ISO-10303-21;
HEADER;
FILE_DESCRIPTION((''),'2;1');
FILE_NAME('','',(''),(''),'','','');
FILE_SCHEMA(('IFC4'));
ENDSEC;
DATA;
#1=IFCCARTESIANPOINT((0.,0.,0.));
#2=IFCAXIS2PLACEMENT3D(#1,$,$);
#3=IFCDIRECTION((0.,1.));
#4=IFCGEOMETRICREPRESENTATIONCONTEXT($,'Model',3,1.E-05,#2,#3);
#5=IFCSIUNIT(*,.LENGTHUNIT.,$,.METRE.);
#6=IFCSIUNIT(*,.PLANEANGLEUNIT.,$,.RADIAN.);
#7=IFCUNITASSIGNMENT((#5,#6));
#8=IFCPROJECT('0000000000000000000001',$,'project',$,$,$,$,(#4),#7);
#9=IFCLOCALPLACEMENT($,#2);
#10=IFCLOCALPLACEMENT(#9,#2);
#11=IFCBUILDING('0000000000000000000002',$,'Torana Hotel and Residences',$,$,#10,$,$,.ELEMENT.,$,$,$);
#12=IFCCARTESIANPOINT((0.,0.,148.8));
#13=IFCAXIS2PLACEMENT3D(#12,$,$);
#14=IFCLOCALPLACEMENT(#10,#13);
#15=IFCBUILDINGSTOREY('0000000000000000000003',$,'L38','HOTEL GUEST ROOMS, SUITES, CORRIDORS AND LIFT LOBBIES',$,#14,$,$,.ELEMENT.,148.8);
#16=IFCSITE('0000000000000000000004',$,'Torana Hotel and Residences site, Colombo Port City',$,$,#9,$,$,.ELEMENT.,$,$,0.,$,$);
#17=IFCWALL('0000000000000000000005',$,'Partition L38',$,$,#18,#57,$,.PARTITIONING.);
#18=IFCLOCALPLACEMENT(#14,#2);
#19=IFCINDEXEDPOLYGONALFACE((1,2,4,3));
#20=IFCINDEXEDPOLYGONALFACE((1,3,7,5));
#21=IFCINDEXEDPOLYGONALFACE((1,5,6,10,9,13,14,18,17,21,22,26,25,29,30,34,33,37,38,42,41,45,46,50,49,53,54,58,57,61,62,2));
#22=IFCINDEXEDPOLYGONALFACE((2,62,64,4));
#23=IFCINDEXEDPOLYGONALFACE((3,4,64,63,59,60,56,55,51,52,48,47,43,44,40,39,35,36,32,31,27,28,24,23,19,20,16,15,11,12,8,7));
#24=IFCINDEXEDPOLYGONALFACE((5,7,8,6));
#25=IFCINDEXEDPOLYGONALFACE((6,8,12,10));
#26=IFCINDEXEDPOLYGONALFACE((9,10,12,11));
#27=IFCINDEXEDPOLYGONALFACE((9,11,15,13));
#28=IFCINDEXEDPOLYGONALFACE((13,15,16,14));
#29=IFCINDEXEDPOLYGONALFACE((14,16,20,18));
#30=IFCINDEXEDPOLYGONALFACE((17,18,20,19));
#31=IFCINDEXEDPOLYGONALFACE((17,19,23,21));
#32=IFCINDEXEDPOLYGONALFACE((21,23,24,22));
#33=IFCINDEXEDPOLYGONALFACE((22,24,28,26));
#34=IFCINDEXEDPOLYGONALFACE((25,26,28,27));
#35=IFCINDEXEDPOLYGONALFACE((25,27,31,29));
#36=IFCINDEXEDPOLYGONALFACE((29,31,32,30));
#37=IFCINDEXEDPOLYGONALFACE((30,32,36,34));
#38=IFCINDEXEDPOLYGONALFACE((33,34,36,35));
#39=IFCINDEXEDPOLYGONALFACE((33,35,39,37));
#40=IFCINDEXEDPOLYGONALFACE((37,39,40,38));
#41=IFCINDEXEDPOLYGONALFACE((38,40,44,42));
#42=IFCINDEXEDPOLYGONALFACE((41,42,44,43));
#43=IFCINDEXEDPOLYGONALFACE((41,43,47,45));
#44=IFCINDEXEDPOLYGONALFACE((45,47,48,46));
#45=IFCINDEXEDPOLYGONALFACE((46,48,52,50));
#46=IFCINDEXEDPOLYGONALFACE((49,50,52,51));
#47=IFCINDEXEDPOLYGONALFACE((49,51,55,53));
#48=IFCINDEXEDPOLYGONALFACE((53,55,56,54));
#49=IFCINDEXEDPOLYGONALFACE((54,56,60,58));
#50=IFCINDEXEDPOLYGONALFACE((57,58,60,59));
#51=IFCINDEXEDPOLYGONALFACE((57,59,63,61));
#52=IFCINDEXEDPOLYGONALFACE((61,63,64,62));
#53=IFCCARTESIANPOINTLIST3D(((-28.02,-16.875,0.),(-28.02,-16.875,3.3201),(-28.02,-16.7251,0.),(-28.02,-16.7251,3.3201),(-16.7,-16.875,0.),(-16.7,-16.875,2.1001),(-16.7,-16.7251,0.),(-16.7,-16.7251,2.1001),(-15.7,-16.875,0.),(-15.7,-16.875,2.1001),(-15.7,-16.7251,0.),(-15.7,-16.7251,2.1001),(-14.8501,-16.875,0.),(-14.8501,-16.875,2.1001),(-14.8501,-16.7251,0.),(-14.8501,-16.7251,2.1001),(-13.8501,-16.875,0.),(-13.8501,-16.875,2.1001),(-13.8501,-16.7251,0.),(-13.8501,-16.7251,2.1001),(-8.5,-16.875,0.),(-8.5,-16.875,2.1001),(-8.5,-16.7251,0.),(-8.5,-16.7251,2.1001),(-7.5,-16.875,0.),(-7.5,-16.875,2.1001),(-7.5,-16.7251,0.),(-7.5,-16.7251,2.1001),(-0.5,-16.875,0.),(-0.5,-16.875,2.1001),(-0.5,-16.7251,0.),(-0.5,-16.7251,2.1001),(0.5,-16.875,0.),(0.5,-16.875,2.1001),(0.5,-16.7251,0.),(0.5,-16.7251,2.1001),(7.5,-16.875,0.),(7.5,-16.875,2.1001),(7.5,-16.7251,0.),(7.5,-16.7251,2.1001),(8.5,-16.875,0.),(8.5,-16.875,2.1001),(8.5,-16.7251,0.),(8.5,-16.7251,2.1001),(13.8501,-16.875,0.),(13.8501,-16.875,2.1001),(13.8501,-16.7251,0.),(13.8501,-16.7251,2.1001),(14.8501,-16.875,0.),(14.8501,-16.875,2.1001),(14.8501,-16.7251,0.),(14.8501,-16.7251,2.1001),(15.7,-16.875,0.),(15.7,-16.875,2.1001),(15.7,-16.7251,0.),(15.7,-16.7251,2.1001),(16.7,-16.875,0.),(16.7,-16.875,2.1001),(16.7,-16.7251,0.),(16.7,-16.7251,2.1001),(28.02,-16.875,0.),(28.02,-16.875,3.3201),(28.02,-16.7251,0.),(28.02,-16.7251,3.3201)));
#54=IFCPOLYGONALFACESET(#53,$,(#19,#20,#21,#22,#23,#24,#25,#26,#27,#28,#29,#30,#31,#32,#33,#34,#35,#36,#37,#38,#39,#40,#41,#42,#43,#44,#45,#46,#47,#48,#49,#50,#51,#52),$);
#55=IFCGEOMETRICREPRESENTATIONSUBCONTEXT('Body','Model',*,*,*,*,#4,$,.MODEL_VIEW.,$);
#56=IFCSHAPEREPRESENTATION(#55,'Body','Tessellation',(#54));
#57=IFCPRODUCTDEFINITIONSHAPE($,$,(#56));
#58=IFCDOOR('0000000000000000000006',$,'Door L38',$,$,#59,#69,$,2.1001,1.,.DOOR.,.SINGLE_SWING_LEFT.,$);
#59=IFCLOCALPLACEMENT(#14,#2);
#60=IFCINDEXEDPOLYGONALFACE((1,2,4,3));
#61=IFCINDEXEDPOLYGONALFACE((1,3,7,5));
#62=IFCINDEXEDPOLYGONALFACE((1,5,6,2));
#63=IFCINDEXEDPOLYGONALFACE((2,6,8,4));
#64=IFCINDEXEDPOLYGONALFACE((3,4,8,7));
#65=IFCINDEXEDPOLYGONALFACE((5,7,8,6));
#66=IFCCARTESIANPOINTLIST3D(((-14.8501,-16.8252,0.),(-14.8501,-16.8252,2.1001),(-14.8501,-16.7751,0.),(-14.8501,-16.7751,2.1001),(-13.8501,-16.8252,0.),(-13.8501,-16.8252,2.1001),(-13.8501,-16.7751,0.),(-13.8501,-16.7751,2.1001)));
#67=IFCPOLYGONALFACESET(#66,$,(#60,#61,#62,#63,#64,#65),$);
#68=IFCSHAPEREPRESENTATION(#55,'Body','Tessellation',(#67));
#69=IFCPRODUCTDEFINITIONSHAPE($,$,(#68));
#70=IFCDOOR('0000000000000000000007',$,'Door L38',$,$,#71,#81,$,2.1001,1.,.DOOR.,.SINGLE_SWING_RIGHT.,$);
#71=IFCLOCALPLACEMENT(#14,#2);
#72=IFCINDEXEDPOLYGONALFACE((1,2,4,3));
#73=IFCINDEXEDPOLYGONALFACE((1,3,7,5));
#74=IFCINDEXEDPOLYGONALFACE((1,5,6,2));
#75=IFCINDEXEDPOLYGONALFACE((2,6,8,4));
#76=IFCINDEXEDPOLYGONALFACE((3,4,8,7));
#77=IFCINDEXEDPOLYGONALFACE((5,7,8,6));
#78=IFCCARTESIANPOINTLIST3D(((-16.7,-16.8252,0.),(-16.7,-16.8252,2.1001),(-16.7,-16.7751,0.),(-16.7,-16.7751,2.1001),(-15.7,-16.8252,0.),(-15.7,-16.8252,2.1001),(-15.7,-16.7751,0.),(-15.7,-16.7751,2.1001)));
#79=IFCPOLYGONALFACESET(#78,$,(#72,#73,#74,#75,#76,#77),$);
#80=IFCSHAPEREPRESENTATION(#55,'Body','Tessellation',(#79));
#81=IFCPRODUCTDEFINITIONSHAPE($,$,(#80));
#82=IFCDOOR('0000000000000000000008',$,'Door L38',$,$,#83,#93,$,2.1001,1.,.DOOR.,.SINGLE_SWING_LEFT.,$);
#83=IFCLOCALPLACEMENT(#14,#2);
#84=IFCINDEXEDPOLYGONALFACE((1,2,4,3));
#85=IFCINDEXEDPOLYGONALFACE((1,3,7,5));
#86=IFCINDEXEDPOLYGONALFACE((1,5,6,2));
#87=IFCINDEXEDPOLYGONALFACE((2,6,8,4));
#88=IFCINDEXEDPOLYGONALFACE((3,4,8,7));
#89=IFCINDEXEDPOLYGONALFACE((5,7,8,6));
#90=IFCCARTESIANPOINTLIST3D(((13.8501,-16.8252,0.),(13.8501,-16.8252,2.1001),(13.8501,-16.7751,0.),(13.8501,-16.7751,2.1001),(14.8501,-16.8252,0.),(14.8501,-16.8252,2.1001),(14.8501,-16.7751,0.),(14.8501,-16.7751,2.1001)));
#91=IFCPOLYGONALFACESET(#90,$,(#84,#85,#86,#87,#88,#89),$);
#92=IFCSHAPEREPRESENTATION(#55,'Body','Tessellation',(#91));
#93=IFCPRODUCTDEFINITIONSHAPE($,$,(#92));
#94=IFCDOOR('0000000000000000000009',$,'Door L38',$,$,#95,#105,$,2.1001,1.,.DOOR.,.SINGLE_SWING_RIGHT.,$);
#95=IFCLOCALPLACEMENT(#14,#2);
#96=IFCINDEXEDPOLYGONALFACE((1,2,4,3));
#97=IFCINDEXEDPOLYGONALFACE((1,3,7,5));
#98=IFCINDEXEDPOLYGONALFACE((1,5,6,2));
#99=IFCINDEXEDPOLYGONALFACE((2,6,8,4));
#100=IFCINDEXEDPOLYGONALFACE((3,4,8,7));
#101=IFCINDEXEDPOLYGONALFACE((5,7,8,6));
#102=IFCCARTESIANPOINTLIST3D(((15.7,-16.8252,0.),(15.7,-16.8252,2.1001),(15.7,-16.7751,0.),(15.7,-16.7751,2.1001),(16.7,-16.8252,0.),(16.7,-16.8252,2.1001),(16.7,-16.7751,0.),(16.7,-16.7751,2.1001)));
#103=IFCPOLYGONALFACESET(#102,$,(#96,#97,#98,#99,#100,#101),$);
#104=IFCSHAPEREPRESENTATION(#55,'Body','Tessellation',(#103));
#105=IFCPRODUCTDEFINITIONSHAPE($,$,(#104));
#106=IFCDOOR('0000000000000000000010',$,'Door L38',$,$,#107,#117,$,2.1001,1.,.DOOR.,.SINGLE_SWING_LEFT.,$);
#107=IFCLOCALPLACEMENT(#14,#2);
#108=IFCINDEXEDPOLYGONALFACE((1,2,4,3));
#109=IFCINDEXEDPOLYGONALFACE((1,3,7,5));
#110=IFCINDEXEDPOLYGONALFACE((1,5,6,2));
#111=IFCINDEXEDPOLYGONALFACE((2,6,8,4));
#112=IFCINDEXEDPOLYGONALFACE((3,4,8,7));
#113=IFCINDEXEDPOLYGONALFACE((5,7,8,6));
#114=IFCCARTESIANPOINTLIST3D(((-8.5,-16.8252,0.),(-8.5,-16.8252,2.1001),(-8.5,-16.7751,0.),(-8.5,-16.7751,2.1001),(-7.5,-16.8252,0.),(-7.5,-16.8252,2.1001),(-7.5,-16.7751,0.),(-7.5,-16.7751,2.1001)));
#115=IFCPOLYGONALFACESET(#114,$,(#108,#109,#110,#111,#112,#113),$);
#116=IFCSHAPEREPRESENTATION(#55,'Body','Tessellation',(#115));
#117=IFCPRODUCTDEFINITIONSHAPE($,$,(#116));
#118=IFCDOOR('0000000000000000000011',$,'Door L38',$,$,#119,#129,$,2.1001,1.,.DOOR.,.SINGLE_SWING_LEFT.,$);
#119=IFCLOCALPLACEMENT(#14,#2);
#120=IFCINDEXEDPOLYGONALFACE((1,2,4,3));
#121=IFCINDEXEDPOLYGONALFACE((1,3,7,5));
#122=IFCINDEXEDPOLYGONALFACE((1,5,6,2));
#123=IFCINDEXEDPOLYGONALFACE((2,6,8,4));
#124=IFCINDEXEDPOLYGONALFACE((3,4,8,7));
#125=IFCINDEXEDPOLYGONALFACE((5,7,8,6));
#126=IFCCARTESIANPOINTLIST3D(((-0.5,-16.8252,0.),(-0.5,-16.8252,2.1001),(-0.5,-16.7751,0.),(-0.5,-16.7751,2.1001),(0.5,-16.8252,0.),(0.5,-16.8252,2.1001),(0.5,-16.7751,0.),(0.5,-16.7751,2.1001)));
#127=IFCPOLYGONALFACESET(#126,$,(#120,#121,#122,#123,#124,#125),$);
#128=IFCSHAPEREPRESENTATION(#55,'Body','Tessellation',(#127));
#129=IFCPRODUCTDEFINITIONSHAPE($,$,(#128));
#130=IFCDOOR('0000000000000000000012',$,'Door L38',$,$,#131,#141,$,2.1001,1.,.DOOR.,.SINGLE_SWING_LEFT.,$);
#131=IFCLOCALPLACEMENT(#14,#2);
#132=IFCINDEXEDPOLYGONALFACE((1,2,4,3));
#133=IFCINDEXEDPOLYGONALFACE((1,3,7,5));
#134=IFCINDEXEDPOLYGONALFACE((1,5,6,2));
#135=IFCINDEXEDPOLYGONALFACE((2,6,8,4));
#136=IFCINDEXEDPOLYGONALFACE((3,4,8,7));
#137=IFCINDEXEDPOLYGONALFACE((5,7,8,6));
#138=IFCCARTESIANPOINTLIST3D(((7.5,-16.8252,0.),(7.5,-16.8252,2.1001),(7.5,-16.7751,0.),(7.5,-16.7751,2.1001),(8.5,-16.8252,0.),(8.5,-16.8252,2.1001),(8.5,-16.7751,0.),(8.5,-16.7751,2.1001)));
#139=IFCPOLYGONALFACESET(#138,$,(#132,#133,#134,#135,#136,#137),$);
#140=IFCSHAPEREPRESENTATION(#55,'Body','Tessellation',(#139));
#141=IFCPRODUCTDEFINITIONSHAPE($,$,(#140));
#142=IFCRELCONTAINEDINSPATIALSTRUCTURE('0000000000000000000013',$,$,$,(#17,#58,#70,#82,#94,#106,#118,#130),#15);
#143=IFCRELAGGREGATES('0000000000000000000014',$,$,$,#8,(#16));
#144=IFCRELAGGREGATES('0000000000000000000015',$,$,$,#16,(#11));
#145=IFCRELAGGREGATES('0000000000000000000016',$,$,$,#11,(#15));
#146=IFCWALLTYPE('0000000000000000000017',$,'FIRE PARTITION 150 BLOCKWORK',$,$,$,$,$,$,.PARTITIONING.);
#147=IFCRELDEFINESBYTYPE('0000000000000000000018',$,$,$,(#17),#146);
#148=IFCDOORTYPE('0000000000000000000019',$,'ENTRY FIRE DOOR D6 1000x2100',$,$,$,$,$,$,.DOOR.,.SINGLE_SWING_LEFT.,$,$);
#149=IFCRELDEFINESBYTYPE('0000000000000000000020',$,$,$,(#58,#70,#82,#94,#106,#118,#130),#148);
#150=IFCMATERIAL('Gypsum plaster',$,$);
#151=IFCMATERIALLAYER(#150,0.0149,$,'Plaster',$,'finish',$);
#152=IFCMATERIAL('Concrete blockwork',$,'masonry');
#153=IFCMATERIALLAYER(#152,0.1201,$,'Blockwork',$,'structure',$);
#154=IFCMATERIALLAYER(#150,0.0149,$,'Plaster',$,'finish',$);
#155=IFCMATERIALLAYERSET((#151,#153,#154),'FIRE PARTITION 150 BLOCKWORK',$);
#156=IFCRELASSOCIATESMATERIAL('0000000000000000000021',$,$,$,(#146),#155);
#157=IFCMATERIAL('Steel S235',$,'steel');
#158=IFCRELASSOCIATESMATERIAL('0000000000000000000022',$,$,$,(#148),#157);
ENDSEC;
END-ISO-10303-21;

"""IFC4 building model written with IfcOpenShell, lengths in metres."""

from ifc_helpers import new_model, si_unit, direction, frame, frame_2d, origin, place, context, subcontext, project, spatial, rectangle, extrude, material, layer, layer_set, type_object, element, fill, save


model = new_model("IFC4")

# Units and contexts
model_context = context("Model", 3, precision=1e-05, world=origin(), true_north=direction((0.0, 1.0)))
body_context = subcontext(model_context, "Body", "Model", "MODEL_VIEW")
ifc_project = project(units=[si_unit("LENGTHUNIT", "METRE"), si_unit("PLANEANGLEUNIT", "RADIAN")], contexts=[model_context])

# Site, building, storey
site_placement = place(None, origin())
site = spatial("IfcSite", under=ifc_project, at=site_placement, Name="Torana Hotel and Residences site, Colombo Port City", CompositionType="ELEMENT", RefElevation=0.0)
building_placement = place(site_placement, origin())
building = spatial("IfcBuilding", under=site, at=building_placement, Name="Torana Hotel and Residences", CompositionType="ELEMENT")
storey_placement = place(building_placement, frame((0.0, 0.0, 148.8)))
storey = spatial("IfcBuildingStorey", under=building, at=storey_placement, Name="L38", Description="HOTEL GUEST ROOMS, SUITES, CORRIDORS AND LIFT LOBBIES", CompositionType="ELEMENT", Elevation=148.8)

# Wall, openings, doors
ifc_material_1 = material(Name="Gypsum plaster")
ifc_layer_1 = layer(ifc_material_1, 0.0149, Name="Plaster", Category="finish")
ifc_material_2 = material(Name="Concrete blockwork", Category="masonry")
ifc_layer_2 = layer(ifc_material_2, 0.1201, Name="Blockwork", Category="structure")
ifc_layer_3 = layer(ifc_material_1, 0.0149, Name="Plaster", Category="finish")
ifc_layer_set_1 = layer_set([ifc_layer_1, ifc_layer_2, ifc_layer_3], Name="FIRE PARTITION 150 BLOCKWORK")
wall_type_1 = type_object("IfcWallType", Name="FIRE PARTITION 150 BLOCKWORK", PredefinedType="PARTITIONING", material=ifc_layer_set_1)
wall_1_placement = place(storey_placement, frame((-28.02, -16.8, 0.0), z_axis=(0.0, 0.0, 1.0), x_axis=(1.0, 0.0, 0.0)))
wall_1 = element("IfcWall", 1, at=wall_1_placement, inside=storey, type_object=wall_type_1, Name="Partition L38", PredefinedType="PARTITIONING", context=body_context, shape_type="SweptSolid", body=[
    extrude(rectangle(XDim=56.04, YDim=0.1499, at=frame_2d((28.02, 0.0))), origin(), (0.0, 0.0, 1.0), 3.3201),
])
opening_1_placement = place(wall_1_placement, frame((13.1699, 0.0, 0.0)))
opening_1 = element("IfcOpeningElement", 2, at=opening_1_placement, cuts=wall_1, PredefinedType="OPENING", context=body_context, shape_type="SweptSolid", body=[
    extrude(rectangle(XDim=1.0, YDim=2.1001, at=frame_2d((0.5, 1.05))), frame((0.0, 0.085, 0.0), z_axis=(0.0, -1.0, 0.0), x_axis=(1.0, 0.0, 0.0)), (0.0, 0.0, 1.0), 0.1699),
])
opening_2_placement = place(wall_1_placement, frame((11.3201, 0.0, 0.0)))
opening_2 = element("IfcOpeningElement", 3, at=opening_2_placement, cuts=wall_1, PredefinedType="OPENING", context=body_context, shape_type="SweptSolid", body=[
    extrude(rectangle(XDim=1.0, YDim=2.1001, at=frame_2d((0.5, 1.05))), frame((0.0, 0.085, 0.0), z_axis=(0.0, -1.0, 0.0), x_axis=(1.0, 0.0, 0.0)), (0.0, 0.0, 1.0), 0.1699),
])
opening_3_placement = place(wall_1_placement, frame((41.8701, 0.0, 0.0)))
opening_3 = element("IfcOpeningElement", 4, at=opening_3_placement, cuts=wall_1, PredefinedType="OPENING", context=body_context, shape_type="SweptSolid", body=[
    extrude(rectangle(XDim=1.0, YDim=2.1001, at=frame_2d((0.5, 1.05))), frame((0.0, 0.085, 0.0), z_axis=(0.0, -1.0, 0.0), x_axis=(1.0, 0.0, 0.0)), (0.0, 0.0, 1.0), 0.1699),
])
opening_4_placement = place(wall_1_placement, frame((43.72, 0.0, 0.0)))
opening_4 = element("IfcOpeningElement", 5, at=opening_4_placement, cuts=wall_1, PredefinedType="OPENING", context=body_context, shape_type="SweptSolid", body=[
    extrude(rectangle(XDim=1.0, YDim=2.1001, at=frame_2d((0.5, 1.05))), frame((0.0, 0.085, 0.0), z_axis=(0.0, -1.0, 0.0), x_axis=(1.0, 0.0, 0.0)), (0.0, 0.0, 1.0), 0.1699),
])
opening_5_placement = place(wall_1_placement, frame((19.52, 0.0, 0.0)))
opening_5 = element("IfcOpeningElement", 6, at=opening_5_placement, cuts=wall_1, PredefinedType="OPENING", context=body_context, shape_type="SweptSolid", body=[
    extrude(rectangle(XDim=1.0, YDim=2.1001, at=frame_2d((0.5, 1.05))), frame((0.0, 0.085, 0.0), z_axis=(0.0, -1.0, 0.0), x_axis=(1.0, 0.0, 0.0)), (0.0, 0.0, 1.0), 0.1699),
])
opening_6_placement = place(wall_1_placement, frame((27.52, 0.0, 0.0)))
opening_6 = element("IfcOpeningElement", 7, at=opening_6_placement, cuts=wall_1, PredefinedType="OPENING", context=body_context, shape_type="SweptSolid", body=[
    extrude(rectangle(XDim=1.0, YDim=2.1001, at=frame_2d((0.5, 1.05))), frame((0.0, 0.085, 0.0), z_axis=(0.0, -1.0, 0.0), x_axis=(1.0, 0.0, 0.0)), (0.0, 0.0, 1.0), 0.1699),
])
opening_7_placement = place(wall_1_placement, frame((35.52, 0.0, 0.0)))
opening_7 = element("IfcOpeningElement", 8, at=opening_7_placement, cuts=wall_1, PredefinedType="OPENING", context=body_context, shape_type="SweptSolid", body=[
    extrude(rectangle(XDim=1.0, YDim=2.1001, at=frame_2d((0.5, 1.05))), frame((0.0, 0.085, 0.0), z_axis=(0.0, -1.0, 0.0), x_axis=(1.0, 0.0, 0.0)), (0.0, 0.0, 1.0), 0.1699),
])
ifc_material_3 = material(Name="Steel S235", Category="steel")
door_type_1 = type_object("IfcDoorType", Name="ENTRY FIRE DOOR D6 1000x2100", OperationType="SINGLE_SWING_LEFT", PredefinedType="DOOR", material=ifc_material_3)
door_1_placement = place(opening_1_placement, frame((0.5, 0.0, 0.0), z_axis=(0.0, 0.0, 1.0), x_axis=(-1.0, 0.0, 0.0)))
door_1 = element("IfcDoor", 9, at=door_1_placement, inside=storey, type_object=door_type_1, Name="Door L38", OperationType="SINGLE_SWING_LEFT", OverallHeight=2.1001, OverallWidth=1.0, PredefinedType="DOOR", context=body_context, shape_type="SweptSolid", body=[
    extrude(rectangle(XDim=1.0, YDim=2.1001, at=frame_2d((0.0, 1.05))), frame((0.0, -0.0249, 0.0), z_axis=(0.0, 1.0, 0.0), x_axis=(-1.0, 0.0, 0.0)), (0.0, 0.0, 1.0), 0.05),
])
fill(opening_1, door_1)
door_2_placement = place(opening_2_placement, origin())
door_2 = element("IfcDoor", 10, at=door_2_placement, inside=storey, type_object=door_type_1, Name="Door L38", OperationType="SINGLE_SWING_RIGHT", OverallHeight=2.1001, OverallWidth=1.0, PredefinedType="DOOR", context=body_context, shape_type="SweptSolid", body=[
    extrude(rectangle(XDim=1.0, YDim=2.1001, at=frame_2d((0.5, 1.05))), frame((0.0, 0.0249, 0.0), z_axis=(0.0, -1.0, 0.0), x_axis=(1.0, 0.0, 0.0)), (0.0, 0.0, 1.0), 0.05),
])
fill(opening_2, door_2)
door_3_placement = place(opening_3_placement, frame((0.5, 0.0, 0.0), z_axis=(0.0, 0.0, 1.0), x_axis=(-1.0, 0.0, 0.0)))
door_3 = element("IfcDoor", 11, at=door_3_placement, inside=storey, type_object=door_type_1, Name="Door L38", OperationType="SINGLE_SWING_LEFT", OverallHeight=2.1001, OverallWidth=1.0, PredefinedType="DOOR", context=body_context, shape_type="SweptSolid", body=[
    extrude(rectangle(XDim=1.0, YDim=2.1001, at=frame_2d((0.0, 1.05))), frame((0.0, -0.0249, 0.0), z_axis=(0.0, 1.0, 0.0), x_axis=(-1.0, 0.0, 0.0)), (0.0, 0.0, 1.0), 0.05),
])
fill(opening_3, door_3)
door_4_placement = place(opening_4_placement, origin())
door_4 = element("IfcDoor", 12, at=door_4_placement, inside=storey, type_object=door_type_1, Name="Door L38", OperationType="SINGLE_SWING_RIGHT", OverallHeight=2.1001, OverallWidth=1.0, PredefinedType="DOOR", context=body_context, shape_type="SweptSolid", body=[
    extrude(rectangle(XDim=1.0, YDim=2.1001, at=frame_2d((0.5, 1.05))), frame((0.0, 0.0249, 0.0), z_axis=(0.0, -1.0, 0.0), x_axis=(1.0, 0.0, 0.0)), (0.0, 0.0, 1.0), 0.05),
])
fill(opening_4, door_4)
door_5_placement = place(opening_5_placement, frame((0.5, 0.0, 0.0), z_axis=(0.0, 0.0, 1.0), x_axis=(-1.0, 0.0, 0.0)))
door_5 = element("IfcDoor", 13, at=door_5_placement, inside=storey, type_object=door_type_1, Name="Door L38", OperationType="SINGLE_SWING_LEFT", OverallHeight=2.1001, OverallWidth=1.0, PredefinedType="DOOR", context=body_context, shape_type="SweptSolid", body=[
    extrude(rectangle(XDim=1.0, YDim=2.1001, at=frame_2d((0.0, 1.05))), frame((0.0, -0.0249, 0.0), z_axis=(0.0, 1.0, 0.0), x_axis=(-1.0, 0.0, 0.0)), (0.0, 0.0, 1.0), 0.05),
])
fill(opening_5, door_5)
door_6_placement = place(opening_6_placement, frame((0.5, 0.0, 0.0), z_axis=(0.0, 0.0, 1.0), x_axis=(-1.0, 0.0, 0.0)))
door_6 = element("IfcDoor", 14, at=door_6_placement, inside=storey, type_object=door_type_1, Name="Door L38", OperationType="SINGLE_SWING_LEFT", OverallHeight=2.1001, OverallWidth=1.0, PredefinedType="DOOR", context=body_context, shape_type="SweptSolid", body=[
    extrude(rectangle(XDim=1.0, YDim=2.1001, at=frame_2d((0.0, 1.05))), frame((0.0, -0.0249, 0.0), z_axis=(0.0, 1.0, 0.0), x_axis=(-1.0, 0.0, 0.0)), (0.0, 0.0, 1.0), 0.05),
])
fill(opening_6, door_6)
door_7_placement = place(opening_7_placement, frame((0.5, 0.0, 0.0), z_axis=(0.0, 0.0, 1.0), x_axis=(-1.0, 0.0, 0.0)))
door_7 = element("IfcDoor", 15, at=door_7_placement, inside=storey, type_object=door_type_1, Name="Door L38", OperationType="SINGLE_SWING_LEFT", OverallHeight=2.1001, OverallWidth=1.0, PredefinedType="DOOR", context=body_context, shape_type="SweptSolid", body=[
    extrude(rectangle(XDim=1.0, YDim=2.1001, at=frame_2d((0.0, 1.05))), frame((0.0, -0.0249, 0.0), z_axis=(0.0, 1.0, 0.0), x_axis=(-1.0, 0.0, 0.0)), (0.0, 0.0, 1.0), 0.05),
])
fill(opening_7, door_7)

save(model, "model.ifc")
